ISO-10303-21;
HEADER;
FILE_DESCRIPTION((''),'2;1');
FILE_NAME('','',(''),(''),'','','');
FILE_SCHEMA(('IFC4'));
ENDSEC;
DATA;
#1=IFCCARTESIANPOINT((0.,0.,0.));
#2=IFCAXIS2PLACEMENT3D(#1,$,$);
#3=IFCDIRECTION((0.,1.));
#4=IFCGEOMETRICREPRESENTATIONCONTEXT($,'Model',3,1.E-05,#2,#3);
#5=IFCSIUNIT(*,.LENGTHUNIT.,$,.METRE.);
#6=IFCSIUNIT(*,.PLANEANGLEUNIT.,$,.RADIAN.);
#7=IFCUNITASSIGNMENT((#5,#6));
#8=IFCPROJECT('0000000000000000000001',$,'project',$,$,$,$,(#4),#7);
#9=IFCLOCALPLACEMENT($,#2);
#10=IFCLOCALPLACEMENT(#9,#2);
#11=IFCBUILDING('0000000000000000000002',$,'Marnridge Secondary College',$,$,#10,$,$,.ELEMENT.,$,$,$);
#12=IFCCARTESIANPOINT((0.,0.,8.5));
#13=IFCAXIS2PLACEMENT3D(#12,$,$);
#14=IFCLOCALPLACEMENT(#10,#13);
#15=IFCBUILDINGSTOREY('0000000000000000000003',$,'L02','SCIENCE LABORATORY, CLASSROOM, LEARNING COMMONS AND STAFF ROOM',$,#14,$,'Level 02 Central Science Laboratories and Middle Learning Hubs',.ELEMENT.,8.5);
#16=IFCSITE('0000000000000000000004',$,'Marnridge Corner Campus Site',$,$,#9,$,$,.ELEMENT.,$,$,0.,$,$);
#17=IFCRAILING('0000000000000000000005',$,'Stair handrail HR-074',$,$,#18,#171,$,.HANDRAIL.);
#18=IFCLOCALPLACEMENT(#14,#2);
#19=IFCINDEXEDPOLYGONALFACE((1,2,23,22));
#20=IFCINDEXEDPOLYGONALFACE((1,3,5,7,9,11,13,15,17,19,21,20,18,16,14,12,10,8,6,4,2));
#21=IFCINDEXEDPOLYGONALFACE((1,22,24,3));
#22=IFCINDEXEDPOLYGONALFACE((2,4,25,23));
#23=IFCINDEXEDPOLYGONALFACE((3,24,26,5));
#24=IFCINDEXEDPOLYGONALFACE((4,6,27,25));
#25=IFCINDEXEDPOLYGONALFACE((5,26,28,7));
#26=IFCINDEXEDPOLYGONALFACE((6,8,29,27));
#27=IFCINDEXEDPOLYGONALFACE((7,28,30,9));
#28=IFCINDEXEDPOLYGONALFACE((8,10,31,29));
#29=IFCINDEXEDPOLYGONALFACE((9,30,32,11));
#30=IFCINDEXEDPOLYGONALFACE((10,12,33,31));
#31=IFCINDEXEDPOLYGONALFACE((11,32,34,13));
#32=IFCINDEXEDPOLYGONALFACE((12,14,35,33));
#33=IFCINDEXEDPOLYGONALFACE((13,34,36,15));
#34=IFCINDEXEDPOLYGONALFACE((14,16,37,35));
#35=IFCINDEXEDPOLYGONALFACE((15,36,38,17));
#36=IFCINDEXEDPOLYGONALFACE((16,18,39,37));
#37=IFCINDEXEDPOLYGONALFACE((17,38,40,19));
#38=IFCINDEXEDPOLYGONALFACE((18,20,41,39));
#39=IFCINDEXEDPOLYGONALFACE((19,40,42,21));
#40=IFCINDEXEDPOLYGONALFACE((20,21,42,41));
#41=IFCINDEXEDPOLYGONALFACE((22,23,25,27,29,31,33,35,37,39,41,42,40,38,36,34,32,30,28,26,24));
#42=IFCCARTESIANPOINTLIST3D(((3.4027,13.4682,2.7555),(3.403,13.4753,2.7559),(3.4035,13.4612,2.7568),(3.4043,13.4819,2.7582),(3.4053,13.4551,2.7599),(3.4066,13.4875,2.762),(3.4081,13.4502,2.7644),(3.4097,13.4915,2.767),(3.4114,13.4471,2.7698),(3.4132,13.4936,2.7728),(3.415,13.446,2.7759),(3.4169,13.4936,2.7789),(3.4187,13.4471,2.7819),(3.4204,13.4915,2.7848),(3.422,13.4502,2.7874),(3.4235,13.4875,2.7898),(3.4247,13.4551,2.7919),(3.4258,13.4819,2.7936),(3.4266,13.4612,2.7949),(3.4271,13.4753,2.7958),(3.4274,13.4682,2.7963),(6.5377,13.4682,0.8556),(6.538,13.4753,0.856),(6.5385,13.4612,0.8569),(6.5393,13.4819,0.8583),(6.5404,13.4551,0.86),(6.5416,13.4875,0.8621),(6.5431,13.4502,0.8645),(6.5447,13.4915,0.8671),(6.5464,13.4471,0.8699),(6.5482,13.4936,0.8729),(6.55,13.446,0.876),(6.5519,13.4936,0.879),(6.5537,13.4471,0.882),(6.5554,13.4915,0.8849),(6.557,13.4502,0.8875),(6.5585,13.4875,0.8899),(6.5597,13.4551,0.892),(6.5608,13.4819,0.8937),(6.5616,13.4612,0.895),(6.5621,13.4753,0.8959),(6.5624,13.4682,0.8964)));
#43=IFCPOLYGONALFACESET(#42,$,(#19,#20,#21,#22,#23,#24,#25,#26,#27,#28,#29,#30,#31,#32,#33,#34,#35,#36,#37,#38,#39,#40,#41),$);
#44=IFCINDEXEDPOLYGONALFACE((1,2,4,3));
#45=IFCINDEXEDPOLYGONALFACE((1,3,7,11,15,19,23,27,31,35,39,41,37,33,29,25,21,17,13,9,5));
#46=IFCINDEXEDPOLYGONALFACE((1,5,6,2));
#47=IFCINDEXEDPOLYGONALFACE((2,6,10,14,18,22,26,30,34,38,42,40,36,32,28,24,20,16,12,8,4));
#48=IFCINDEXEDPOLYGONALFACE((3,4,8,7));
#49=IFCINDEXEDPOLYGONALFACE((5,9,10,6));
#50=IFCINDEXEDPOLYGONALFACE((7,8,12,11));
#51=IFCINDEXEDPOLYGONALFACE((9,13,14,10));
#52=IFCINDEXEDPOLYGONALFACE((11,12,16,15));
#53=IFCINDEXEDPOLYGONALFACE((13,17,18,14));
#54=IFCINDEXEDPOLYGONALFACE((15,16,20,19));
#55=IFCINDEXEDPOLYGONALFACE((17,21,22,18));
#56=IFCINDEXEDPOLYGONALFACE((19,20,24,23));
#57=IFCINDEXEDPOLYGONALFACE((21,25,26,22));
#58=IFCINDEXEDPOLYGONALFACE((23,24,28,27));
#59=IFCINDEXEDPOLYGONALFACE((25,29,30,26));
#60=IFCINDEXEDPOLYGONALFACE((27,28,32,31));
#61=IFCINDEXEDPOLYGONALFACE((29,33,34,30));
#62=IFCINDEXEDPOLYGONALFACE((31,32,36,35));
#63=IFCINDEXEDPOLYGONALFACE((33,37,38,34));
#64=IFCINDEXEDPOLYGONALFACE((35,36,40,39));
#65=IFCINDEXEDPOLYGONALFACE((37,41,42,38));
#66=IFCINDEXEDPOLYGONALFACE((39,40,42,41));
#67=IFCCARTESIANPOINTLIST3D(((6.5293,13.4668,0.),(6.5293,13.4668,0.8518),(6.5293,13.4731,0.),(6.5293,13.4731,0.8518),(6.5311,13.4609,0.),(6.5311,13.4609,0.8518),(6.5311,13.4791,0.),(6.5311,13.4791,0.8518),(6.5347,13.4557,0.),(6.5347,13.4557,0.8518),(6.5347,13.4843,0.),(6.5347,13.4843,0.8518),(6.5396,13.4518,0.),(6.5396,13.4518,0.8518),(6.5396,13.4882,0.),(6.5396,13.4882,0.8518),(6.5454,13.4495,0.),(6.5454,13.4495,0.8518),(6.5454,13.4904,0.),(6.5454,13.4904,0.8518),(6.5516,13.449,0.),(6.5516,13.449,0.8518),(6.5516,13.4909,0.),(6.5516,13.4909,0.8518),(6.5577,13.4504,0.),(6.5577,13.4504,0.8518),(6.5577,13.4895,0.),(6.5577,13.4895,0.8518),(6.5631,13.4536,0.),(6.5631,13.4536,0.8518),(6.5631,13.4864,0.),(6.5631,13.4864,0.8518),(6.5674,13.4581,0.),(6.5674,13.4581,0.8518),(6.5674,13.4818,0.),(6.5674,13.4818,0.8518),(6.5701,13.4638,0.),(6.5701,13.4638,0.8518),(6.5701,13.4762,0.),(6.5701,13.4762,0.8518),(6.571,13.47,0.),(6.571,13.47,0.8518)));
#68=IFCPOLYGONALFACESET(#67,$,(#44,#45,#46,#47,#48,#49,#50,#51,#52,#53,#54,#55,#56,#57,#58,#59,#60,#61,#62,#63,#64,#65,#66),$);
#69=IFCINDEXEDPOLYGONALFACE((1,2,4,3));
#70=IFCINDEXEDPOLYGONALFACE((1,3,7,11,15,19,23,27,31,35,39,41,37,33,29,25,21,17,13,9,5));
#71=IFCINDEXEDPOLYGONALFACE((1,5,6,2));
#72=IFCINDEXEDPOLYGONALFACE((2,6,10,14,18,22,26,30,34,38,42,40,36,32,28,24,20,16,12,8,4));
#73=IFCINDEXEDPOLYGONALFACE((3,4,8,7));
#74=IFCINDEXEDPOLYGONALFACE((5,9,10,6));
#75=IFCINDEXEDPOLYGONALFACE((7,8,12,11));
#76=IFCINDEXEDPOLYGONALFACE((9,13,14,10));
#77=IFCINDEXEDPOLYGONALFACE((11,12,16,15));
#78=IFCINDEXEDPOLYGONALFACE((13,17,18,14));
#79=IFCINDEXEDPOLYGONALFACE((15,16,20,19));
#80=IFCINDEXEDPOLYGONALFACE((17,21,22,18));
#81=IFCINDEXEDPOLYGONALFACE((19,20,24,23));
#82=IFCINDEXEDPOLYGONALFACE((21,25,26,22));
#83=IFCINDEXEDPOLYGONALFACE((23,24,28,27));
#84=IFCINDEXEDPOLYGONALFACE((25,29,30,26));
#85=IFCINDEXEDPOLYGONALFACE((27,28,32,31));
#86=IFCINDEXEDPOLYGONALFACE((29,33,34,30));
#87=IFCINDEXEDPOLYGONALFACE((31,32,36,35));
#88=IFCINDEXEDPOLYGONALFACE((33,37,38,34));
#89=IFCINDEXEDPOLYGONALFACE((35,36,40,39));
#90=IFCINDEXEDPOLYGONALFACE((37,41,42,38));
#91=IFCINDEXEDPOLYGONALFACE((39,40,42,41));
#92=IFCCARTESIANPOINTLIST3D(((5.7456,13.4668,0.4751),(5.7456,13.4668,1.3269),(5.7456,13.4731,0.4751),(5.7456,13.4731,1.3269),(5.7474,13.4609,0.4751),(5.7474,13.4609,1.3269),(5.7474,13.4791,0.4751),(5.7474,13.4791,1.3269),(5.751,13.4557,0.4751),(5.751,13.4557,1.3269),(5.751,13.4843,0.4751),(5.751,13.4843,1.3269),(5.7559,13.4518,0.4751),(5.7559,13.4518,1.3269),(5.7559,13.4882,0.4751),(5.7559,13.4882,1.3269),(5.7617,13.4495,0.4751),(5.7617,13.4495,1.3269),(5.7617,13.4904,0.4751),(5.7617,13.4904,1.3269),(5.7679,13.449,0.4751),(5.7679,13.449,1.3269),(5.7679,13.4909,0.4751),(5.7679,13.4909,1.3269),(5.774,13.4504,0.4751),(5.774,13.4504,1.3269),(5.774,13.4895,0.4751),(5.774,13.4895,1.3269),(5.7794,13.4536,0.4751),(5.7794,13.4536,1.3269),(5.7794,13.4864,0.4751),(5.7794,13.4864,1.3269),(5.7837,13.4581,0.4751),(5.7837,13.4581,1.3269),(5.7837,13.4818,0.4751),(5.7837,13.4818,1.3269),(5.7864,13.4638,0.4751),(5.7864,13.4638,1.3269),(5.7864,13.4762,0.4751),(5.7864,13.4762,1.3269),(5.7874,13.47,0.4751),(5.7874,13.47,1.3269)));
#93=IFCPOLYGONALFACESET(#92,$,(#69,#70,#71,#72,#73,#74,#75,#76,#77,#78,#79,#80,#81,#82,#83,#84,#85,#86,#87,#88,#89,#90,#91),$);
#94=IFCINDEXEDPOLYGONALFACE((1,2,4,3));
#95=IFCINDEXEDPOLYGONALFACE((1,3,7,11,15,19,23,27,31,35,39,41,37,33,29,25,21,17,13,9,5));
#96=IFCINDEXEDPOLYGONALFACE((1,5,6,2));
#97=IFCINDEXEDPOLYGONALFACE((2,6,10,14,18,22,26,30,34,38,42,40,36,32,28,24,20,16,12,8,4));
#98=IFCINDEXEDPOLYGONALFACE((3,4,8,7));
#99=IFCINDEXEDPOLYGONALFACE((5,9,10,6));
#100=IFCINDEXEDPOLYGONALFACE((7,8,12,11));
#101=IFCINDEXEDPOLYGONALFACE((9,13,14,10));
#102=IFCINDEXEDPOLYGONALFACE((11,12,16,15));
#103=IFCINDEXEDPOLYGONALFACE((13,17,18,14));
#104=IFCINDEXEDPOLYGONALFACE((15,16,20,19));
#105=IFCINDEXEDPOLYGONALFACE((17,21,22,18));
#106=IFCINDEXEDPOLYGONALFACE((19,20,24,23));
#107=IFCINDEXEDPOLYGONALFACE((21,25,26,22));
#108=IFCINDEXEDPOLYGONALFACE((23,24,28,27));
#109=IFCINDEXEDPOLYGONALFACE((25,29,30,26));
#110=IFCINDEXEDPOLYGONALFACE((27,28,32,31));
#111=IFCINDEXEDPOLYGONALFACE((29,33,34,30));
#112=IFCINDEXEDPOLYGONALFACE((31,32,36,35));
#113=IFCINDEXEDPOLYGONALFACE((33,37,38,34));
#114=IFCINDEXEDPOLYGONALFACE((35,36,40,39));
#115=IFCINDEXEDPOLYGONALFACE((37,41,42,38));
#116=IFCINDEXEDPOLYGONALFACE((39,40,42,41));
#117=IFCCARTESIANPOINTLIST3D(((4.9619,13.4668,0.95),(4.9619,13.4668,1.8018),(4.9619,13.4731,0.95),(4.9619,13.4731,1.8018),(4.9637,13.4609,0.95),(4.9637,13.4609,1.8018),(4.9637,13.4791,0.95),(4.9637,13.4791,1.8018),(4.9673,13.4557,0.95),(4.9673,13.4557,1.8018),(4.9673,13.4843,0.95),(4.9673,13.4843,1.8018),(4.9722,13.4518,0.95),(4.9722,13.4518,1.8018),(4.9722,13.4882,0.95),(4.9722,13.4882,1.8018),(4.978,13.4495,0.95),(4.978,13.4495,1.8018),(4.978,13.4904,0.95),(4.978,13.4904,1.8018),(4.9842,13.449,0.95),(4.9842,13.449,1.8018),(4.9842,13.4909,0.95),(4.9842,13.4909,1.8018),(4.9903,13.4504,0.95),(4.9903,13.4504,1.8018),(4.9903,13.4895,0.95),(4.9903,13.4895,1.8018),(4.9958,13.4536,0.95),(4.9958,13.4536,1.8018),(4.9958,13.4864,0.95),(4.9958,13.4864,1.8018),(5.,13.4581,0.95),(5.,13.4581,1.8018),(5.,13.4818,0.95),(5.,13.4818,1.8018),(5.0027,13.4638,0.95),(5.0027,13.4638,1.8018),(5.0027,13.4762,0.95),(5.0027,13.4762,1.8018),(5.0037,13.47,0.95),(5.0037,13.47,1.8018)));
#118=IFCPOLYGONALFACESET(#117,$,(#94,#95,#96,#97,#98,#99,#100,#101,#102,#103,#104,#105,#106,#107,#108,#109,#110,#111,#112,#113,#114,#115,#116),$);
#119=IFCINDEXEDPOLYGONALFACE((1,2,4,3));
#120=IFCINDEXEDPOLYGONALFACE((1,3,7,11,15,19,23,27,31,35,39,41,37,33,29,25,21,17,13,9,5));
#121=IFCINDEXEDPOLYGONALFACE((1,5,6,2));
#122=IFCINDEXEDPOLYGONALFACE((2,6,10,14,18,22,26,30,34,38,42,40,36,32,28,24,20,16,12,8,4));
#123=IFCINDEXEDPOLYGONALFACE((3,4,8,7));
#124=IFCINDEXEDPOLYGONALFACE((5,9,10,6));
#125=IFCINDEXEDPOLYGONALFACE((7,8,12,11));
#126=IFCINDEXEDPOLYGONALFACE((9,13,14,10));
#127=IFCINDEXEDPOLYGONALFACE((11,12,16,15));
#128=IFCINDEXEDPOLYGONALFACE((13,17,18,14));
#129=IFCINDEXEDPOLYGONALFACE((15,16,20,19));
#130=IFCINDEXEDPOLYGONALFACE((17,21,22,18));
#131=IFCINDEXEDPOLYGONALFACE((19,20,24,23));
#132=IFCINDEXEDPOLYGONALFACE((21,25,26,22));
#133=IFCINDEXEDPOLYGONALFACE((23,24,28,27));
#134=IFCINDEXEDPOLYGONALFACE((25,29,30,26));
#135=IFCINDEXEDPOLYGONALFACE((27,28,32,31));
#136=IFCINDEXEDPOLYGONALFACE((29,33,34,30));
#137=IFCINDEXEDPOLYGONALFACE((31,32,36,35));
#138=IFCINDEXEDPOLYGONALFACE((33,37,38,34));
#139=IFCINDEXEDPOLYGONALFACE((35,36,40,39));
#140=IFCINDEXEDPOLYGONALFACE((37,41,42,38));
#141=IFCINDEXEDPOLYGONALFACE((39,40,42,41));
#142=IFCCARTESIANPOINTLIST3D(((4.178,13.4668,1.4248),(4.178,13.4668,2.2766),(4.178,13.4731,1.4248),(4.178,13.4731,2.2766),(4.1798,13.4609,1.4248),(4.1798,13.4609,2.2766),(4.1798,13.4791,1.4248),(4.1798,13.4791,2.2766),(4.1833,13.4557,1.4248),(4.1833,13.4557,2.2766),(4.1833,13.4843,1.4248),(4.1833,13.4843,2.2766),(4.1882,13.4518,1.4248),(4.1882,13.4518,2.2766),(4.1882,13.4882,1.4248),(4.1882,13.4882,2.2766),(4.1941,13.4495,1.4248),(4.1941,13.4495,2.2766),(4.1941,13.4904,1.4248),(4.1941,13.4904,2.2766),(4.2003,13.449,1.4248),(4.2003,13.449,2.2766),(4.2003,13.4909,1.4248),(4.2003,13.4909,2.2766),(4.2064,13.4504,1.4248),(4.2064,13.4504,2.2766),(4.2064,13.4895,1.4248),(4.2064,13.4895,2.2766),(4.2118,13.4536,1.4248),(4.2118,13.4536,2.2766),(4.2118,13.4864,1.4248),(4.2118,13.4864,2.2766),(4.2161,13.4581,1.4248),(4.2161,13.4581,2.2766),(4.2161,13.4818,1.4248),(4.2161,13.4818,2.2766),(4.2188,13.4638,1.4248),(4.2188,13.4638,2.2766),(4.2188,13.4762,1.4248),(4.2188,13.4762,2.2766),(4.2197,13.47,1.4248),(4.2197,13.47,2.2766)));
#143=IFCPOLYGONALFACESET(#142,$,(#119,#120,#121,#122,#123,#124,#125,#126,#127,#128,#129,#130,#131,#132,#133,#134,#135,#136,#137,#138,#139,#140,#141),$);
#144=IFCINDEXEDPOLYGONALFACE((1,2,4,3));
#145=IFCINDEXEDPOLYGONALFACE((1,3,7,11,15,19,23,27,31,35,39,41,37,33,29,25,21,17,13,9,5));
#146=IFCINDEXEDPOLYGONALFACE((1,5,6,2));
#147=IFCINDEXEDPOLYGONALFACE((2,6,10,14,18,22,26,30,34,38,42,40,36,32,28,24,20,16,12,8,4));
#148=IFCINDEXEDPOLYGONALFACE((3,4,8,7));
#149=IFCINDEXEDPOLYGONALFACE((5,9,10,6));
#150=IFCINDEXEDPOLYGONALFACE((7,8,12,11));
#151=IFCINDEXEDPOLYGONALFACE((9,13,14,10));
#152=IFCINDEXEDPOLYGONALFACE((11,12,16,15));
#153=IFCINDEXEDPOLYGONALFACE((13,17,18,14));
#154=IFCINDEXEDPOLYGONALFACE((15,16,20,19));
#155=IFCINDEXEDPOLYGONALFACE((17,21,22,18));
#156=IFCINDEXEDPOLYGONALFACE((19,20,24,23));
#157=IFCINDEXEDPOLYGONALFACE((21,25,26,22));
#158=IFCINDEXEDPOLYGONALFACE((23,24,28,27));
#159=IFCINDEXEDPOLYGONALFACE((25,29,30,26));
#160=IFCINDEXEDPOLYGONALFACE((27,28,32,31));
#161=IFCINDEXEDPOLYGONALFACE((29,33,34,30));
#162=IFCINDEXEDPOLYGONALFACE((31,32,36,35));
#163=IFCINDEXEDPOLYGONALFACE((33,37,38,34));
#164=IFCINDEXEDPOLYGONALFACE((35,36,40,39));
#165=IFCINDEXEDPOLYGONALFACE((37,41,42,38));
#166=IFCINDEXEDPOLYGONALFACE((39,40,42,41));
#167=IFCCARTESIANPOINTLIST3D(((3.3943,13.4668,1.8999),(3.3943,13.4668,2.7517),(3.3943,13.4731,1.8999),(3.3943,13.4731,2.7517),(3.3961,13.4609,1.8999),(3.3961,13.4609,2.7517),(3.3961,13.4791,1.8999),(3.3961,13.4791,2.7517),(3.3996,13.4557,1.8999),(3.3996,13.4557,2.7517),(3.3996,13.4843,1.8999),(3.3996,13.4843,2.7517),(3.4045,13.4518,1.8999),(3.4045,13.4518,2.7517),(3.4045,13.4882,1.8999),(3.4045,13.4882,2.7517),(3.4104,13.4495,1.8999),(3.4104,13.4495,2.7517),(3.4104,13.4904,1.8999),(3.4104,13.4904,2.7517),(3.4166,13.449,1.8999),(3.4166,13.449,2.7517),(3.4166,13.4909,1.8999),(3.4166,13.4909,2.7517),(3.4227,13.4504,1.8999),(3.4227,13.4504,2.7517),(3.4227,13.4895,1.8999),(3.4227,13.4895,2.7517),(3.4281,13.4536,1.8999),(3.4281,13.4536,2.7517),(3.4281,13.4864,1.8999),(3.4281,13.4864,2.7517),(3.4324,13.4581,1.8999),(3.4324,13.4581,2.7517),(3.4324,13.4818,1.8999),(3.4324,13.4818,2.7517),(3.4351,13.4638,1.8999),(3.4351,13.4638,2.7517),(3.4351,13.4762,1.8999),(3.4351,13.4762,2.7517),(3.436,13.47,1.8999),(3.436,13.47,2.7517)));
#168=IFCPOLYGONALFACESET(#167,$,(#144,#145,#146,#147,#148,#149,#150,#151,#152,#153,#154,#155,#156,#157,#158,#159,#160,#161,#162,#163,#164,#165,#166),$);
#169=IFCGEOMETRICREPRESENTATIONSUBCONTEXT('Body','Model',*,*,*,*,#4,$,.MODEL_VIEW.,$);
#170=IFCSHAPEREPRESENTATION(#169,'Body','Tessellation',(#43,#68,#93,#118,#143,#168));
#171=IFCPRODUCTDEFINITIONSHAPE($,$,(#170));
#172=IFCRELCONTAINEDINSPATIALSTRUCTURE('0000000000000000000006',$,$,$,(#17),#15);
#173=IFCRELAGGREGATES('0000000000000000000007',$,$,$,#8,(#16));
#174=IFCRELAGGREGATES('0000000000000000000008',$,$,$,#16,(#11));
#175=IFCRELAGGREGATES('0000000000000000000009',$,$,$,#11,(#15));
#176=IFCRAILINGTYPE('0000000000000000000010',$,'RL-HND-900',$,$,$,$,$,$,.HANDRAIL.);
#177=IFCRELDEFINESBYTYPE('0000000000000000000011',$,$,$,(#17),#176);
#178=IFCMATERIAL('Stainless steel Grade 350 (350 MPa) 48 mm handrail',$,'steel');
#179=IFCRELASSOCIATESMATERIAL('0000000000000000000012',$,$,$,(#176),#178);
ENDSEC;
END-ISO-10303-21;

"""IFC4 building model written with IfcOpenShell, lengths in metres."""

from ifc_helpers import new_model, si_unit, direction, frame, origin, origin_2d, place, context, subcontext, project, spatial, circle, extrude, material, type_object, element, save


model = new_model("IFC4")

# Units and contexts
model_context = context("Model", 3, precision=1e-05, world=origin(), true_north=direction((0.0, 1.0)))
body_context = subcontext(model_context, "Body", "Model", "MODEL_VIEW")
ifc_project = project(units=[si_unit("LENGTHUNIT", "METRE"), si_unit("PLANEANGLEUNIT", "RADIAN")], contexts=[model_context])

# Site, building, storey
site_placement = place(None, origin())
site = spatial("IfcSite", under=ifc_project, at=site_placement, Name="Marnridge Corner Campus Site", CompositionType="ELEMENT", RefElevation=0.0)
building_placement = place(site_placement, origin())
building = spatial("IfcBuilding", under=site, at=building_placement, Name="Marnridge Secondary College", CompositionType="ELEMENT")
storey_placement = place(building_placement, frame((0.0, 0.0, 8.5)))
storey = spatial("IfcBuildingStorey", under=building, at=storey_placement, Name="L02", Description="SCIENCE LABORATORY, CLASSROOM, LEARNING COMMONS AND STAFF ROOM", LongName="Level 02 Central Science Laboratories and Middle Learning Hubs", CompositionType="ELEMENT", Elevation=8.5)

# Railing
ifc_material_1 = material(Name="Stainless steel Grade 350 (350 MPa) 48 mm handrail", Category="steel")
railing_type_1 = type_object("IfcRailingType", Name="RL-HND-900", PredefinedType="HANDRAIL", material=ifc_material_1)
for number, where, name in (
    (1, (6.55, 13.47, 0.0), "Stair handrail HR-074"),
):
    element("IfcRailing", number, at=place(storey_placement, frame(where)), inside=storey, type_object=railing_type_1, Name=name, PredefinedType="HANDRAIL", context=body_context, shape_type="SweptSolid", body=[
        extrude(circle(Radius=0.0239, at=origin_2d()), frame((0.0, 0.0, 0.876), z_axis=(-0.85521, 0.0, 0.518281), x_axis=(0.0, -1.0, 0.0)), (0.0, 0.0, 1.0), 3.6658),
        extrude(circle(Radius=0.021, at=origin_2d()), origin(), (0.0, 0.0, 1.0), 0.8518),
        extrude(circle(Radius=0.021, at=origin_2d()), frame((-0.7837, 0.0, 0.4751)), (0.0, 0.0, 1.0), 0.8518),
        extrude(circle(Radius=0.021, at=origin_2d()), frame((-1.5674, 0.0, 0.95)), (0.0, 0.0, 1.0), 0.8518),
        extrude(circle(Radius=0.021, at=origin_2d()), frame((-2.3513, 0.0, 1.4248)), (0.0, 0.0, 1.0), 0.8518),
        extrude(circle(Radius=0.021, at=origin_2d()), frame((-3.135, 0.0, 1.8999)), (0.0, 0.0, 1.0), 0.8518),
    ])

save(model, "model.ifc")
